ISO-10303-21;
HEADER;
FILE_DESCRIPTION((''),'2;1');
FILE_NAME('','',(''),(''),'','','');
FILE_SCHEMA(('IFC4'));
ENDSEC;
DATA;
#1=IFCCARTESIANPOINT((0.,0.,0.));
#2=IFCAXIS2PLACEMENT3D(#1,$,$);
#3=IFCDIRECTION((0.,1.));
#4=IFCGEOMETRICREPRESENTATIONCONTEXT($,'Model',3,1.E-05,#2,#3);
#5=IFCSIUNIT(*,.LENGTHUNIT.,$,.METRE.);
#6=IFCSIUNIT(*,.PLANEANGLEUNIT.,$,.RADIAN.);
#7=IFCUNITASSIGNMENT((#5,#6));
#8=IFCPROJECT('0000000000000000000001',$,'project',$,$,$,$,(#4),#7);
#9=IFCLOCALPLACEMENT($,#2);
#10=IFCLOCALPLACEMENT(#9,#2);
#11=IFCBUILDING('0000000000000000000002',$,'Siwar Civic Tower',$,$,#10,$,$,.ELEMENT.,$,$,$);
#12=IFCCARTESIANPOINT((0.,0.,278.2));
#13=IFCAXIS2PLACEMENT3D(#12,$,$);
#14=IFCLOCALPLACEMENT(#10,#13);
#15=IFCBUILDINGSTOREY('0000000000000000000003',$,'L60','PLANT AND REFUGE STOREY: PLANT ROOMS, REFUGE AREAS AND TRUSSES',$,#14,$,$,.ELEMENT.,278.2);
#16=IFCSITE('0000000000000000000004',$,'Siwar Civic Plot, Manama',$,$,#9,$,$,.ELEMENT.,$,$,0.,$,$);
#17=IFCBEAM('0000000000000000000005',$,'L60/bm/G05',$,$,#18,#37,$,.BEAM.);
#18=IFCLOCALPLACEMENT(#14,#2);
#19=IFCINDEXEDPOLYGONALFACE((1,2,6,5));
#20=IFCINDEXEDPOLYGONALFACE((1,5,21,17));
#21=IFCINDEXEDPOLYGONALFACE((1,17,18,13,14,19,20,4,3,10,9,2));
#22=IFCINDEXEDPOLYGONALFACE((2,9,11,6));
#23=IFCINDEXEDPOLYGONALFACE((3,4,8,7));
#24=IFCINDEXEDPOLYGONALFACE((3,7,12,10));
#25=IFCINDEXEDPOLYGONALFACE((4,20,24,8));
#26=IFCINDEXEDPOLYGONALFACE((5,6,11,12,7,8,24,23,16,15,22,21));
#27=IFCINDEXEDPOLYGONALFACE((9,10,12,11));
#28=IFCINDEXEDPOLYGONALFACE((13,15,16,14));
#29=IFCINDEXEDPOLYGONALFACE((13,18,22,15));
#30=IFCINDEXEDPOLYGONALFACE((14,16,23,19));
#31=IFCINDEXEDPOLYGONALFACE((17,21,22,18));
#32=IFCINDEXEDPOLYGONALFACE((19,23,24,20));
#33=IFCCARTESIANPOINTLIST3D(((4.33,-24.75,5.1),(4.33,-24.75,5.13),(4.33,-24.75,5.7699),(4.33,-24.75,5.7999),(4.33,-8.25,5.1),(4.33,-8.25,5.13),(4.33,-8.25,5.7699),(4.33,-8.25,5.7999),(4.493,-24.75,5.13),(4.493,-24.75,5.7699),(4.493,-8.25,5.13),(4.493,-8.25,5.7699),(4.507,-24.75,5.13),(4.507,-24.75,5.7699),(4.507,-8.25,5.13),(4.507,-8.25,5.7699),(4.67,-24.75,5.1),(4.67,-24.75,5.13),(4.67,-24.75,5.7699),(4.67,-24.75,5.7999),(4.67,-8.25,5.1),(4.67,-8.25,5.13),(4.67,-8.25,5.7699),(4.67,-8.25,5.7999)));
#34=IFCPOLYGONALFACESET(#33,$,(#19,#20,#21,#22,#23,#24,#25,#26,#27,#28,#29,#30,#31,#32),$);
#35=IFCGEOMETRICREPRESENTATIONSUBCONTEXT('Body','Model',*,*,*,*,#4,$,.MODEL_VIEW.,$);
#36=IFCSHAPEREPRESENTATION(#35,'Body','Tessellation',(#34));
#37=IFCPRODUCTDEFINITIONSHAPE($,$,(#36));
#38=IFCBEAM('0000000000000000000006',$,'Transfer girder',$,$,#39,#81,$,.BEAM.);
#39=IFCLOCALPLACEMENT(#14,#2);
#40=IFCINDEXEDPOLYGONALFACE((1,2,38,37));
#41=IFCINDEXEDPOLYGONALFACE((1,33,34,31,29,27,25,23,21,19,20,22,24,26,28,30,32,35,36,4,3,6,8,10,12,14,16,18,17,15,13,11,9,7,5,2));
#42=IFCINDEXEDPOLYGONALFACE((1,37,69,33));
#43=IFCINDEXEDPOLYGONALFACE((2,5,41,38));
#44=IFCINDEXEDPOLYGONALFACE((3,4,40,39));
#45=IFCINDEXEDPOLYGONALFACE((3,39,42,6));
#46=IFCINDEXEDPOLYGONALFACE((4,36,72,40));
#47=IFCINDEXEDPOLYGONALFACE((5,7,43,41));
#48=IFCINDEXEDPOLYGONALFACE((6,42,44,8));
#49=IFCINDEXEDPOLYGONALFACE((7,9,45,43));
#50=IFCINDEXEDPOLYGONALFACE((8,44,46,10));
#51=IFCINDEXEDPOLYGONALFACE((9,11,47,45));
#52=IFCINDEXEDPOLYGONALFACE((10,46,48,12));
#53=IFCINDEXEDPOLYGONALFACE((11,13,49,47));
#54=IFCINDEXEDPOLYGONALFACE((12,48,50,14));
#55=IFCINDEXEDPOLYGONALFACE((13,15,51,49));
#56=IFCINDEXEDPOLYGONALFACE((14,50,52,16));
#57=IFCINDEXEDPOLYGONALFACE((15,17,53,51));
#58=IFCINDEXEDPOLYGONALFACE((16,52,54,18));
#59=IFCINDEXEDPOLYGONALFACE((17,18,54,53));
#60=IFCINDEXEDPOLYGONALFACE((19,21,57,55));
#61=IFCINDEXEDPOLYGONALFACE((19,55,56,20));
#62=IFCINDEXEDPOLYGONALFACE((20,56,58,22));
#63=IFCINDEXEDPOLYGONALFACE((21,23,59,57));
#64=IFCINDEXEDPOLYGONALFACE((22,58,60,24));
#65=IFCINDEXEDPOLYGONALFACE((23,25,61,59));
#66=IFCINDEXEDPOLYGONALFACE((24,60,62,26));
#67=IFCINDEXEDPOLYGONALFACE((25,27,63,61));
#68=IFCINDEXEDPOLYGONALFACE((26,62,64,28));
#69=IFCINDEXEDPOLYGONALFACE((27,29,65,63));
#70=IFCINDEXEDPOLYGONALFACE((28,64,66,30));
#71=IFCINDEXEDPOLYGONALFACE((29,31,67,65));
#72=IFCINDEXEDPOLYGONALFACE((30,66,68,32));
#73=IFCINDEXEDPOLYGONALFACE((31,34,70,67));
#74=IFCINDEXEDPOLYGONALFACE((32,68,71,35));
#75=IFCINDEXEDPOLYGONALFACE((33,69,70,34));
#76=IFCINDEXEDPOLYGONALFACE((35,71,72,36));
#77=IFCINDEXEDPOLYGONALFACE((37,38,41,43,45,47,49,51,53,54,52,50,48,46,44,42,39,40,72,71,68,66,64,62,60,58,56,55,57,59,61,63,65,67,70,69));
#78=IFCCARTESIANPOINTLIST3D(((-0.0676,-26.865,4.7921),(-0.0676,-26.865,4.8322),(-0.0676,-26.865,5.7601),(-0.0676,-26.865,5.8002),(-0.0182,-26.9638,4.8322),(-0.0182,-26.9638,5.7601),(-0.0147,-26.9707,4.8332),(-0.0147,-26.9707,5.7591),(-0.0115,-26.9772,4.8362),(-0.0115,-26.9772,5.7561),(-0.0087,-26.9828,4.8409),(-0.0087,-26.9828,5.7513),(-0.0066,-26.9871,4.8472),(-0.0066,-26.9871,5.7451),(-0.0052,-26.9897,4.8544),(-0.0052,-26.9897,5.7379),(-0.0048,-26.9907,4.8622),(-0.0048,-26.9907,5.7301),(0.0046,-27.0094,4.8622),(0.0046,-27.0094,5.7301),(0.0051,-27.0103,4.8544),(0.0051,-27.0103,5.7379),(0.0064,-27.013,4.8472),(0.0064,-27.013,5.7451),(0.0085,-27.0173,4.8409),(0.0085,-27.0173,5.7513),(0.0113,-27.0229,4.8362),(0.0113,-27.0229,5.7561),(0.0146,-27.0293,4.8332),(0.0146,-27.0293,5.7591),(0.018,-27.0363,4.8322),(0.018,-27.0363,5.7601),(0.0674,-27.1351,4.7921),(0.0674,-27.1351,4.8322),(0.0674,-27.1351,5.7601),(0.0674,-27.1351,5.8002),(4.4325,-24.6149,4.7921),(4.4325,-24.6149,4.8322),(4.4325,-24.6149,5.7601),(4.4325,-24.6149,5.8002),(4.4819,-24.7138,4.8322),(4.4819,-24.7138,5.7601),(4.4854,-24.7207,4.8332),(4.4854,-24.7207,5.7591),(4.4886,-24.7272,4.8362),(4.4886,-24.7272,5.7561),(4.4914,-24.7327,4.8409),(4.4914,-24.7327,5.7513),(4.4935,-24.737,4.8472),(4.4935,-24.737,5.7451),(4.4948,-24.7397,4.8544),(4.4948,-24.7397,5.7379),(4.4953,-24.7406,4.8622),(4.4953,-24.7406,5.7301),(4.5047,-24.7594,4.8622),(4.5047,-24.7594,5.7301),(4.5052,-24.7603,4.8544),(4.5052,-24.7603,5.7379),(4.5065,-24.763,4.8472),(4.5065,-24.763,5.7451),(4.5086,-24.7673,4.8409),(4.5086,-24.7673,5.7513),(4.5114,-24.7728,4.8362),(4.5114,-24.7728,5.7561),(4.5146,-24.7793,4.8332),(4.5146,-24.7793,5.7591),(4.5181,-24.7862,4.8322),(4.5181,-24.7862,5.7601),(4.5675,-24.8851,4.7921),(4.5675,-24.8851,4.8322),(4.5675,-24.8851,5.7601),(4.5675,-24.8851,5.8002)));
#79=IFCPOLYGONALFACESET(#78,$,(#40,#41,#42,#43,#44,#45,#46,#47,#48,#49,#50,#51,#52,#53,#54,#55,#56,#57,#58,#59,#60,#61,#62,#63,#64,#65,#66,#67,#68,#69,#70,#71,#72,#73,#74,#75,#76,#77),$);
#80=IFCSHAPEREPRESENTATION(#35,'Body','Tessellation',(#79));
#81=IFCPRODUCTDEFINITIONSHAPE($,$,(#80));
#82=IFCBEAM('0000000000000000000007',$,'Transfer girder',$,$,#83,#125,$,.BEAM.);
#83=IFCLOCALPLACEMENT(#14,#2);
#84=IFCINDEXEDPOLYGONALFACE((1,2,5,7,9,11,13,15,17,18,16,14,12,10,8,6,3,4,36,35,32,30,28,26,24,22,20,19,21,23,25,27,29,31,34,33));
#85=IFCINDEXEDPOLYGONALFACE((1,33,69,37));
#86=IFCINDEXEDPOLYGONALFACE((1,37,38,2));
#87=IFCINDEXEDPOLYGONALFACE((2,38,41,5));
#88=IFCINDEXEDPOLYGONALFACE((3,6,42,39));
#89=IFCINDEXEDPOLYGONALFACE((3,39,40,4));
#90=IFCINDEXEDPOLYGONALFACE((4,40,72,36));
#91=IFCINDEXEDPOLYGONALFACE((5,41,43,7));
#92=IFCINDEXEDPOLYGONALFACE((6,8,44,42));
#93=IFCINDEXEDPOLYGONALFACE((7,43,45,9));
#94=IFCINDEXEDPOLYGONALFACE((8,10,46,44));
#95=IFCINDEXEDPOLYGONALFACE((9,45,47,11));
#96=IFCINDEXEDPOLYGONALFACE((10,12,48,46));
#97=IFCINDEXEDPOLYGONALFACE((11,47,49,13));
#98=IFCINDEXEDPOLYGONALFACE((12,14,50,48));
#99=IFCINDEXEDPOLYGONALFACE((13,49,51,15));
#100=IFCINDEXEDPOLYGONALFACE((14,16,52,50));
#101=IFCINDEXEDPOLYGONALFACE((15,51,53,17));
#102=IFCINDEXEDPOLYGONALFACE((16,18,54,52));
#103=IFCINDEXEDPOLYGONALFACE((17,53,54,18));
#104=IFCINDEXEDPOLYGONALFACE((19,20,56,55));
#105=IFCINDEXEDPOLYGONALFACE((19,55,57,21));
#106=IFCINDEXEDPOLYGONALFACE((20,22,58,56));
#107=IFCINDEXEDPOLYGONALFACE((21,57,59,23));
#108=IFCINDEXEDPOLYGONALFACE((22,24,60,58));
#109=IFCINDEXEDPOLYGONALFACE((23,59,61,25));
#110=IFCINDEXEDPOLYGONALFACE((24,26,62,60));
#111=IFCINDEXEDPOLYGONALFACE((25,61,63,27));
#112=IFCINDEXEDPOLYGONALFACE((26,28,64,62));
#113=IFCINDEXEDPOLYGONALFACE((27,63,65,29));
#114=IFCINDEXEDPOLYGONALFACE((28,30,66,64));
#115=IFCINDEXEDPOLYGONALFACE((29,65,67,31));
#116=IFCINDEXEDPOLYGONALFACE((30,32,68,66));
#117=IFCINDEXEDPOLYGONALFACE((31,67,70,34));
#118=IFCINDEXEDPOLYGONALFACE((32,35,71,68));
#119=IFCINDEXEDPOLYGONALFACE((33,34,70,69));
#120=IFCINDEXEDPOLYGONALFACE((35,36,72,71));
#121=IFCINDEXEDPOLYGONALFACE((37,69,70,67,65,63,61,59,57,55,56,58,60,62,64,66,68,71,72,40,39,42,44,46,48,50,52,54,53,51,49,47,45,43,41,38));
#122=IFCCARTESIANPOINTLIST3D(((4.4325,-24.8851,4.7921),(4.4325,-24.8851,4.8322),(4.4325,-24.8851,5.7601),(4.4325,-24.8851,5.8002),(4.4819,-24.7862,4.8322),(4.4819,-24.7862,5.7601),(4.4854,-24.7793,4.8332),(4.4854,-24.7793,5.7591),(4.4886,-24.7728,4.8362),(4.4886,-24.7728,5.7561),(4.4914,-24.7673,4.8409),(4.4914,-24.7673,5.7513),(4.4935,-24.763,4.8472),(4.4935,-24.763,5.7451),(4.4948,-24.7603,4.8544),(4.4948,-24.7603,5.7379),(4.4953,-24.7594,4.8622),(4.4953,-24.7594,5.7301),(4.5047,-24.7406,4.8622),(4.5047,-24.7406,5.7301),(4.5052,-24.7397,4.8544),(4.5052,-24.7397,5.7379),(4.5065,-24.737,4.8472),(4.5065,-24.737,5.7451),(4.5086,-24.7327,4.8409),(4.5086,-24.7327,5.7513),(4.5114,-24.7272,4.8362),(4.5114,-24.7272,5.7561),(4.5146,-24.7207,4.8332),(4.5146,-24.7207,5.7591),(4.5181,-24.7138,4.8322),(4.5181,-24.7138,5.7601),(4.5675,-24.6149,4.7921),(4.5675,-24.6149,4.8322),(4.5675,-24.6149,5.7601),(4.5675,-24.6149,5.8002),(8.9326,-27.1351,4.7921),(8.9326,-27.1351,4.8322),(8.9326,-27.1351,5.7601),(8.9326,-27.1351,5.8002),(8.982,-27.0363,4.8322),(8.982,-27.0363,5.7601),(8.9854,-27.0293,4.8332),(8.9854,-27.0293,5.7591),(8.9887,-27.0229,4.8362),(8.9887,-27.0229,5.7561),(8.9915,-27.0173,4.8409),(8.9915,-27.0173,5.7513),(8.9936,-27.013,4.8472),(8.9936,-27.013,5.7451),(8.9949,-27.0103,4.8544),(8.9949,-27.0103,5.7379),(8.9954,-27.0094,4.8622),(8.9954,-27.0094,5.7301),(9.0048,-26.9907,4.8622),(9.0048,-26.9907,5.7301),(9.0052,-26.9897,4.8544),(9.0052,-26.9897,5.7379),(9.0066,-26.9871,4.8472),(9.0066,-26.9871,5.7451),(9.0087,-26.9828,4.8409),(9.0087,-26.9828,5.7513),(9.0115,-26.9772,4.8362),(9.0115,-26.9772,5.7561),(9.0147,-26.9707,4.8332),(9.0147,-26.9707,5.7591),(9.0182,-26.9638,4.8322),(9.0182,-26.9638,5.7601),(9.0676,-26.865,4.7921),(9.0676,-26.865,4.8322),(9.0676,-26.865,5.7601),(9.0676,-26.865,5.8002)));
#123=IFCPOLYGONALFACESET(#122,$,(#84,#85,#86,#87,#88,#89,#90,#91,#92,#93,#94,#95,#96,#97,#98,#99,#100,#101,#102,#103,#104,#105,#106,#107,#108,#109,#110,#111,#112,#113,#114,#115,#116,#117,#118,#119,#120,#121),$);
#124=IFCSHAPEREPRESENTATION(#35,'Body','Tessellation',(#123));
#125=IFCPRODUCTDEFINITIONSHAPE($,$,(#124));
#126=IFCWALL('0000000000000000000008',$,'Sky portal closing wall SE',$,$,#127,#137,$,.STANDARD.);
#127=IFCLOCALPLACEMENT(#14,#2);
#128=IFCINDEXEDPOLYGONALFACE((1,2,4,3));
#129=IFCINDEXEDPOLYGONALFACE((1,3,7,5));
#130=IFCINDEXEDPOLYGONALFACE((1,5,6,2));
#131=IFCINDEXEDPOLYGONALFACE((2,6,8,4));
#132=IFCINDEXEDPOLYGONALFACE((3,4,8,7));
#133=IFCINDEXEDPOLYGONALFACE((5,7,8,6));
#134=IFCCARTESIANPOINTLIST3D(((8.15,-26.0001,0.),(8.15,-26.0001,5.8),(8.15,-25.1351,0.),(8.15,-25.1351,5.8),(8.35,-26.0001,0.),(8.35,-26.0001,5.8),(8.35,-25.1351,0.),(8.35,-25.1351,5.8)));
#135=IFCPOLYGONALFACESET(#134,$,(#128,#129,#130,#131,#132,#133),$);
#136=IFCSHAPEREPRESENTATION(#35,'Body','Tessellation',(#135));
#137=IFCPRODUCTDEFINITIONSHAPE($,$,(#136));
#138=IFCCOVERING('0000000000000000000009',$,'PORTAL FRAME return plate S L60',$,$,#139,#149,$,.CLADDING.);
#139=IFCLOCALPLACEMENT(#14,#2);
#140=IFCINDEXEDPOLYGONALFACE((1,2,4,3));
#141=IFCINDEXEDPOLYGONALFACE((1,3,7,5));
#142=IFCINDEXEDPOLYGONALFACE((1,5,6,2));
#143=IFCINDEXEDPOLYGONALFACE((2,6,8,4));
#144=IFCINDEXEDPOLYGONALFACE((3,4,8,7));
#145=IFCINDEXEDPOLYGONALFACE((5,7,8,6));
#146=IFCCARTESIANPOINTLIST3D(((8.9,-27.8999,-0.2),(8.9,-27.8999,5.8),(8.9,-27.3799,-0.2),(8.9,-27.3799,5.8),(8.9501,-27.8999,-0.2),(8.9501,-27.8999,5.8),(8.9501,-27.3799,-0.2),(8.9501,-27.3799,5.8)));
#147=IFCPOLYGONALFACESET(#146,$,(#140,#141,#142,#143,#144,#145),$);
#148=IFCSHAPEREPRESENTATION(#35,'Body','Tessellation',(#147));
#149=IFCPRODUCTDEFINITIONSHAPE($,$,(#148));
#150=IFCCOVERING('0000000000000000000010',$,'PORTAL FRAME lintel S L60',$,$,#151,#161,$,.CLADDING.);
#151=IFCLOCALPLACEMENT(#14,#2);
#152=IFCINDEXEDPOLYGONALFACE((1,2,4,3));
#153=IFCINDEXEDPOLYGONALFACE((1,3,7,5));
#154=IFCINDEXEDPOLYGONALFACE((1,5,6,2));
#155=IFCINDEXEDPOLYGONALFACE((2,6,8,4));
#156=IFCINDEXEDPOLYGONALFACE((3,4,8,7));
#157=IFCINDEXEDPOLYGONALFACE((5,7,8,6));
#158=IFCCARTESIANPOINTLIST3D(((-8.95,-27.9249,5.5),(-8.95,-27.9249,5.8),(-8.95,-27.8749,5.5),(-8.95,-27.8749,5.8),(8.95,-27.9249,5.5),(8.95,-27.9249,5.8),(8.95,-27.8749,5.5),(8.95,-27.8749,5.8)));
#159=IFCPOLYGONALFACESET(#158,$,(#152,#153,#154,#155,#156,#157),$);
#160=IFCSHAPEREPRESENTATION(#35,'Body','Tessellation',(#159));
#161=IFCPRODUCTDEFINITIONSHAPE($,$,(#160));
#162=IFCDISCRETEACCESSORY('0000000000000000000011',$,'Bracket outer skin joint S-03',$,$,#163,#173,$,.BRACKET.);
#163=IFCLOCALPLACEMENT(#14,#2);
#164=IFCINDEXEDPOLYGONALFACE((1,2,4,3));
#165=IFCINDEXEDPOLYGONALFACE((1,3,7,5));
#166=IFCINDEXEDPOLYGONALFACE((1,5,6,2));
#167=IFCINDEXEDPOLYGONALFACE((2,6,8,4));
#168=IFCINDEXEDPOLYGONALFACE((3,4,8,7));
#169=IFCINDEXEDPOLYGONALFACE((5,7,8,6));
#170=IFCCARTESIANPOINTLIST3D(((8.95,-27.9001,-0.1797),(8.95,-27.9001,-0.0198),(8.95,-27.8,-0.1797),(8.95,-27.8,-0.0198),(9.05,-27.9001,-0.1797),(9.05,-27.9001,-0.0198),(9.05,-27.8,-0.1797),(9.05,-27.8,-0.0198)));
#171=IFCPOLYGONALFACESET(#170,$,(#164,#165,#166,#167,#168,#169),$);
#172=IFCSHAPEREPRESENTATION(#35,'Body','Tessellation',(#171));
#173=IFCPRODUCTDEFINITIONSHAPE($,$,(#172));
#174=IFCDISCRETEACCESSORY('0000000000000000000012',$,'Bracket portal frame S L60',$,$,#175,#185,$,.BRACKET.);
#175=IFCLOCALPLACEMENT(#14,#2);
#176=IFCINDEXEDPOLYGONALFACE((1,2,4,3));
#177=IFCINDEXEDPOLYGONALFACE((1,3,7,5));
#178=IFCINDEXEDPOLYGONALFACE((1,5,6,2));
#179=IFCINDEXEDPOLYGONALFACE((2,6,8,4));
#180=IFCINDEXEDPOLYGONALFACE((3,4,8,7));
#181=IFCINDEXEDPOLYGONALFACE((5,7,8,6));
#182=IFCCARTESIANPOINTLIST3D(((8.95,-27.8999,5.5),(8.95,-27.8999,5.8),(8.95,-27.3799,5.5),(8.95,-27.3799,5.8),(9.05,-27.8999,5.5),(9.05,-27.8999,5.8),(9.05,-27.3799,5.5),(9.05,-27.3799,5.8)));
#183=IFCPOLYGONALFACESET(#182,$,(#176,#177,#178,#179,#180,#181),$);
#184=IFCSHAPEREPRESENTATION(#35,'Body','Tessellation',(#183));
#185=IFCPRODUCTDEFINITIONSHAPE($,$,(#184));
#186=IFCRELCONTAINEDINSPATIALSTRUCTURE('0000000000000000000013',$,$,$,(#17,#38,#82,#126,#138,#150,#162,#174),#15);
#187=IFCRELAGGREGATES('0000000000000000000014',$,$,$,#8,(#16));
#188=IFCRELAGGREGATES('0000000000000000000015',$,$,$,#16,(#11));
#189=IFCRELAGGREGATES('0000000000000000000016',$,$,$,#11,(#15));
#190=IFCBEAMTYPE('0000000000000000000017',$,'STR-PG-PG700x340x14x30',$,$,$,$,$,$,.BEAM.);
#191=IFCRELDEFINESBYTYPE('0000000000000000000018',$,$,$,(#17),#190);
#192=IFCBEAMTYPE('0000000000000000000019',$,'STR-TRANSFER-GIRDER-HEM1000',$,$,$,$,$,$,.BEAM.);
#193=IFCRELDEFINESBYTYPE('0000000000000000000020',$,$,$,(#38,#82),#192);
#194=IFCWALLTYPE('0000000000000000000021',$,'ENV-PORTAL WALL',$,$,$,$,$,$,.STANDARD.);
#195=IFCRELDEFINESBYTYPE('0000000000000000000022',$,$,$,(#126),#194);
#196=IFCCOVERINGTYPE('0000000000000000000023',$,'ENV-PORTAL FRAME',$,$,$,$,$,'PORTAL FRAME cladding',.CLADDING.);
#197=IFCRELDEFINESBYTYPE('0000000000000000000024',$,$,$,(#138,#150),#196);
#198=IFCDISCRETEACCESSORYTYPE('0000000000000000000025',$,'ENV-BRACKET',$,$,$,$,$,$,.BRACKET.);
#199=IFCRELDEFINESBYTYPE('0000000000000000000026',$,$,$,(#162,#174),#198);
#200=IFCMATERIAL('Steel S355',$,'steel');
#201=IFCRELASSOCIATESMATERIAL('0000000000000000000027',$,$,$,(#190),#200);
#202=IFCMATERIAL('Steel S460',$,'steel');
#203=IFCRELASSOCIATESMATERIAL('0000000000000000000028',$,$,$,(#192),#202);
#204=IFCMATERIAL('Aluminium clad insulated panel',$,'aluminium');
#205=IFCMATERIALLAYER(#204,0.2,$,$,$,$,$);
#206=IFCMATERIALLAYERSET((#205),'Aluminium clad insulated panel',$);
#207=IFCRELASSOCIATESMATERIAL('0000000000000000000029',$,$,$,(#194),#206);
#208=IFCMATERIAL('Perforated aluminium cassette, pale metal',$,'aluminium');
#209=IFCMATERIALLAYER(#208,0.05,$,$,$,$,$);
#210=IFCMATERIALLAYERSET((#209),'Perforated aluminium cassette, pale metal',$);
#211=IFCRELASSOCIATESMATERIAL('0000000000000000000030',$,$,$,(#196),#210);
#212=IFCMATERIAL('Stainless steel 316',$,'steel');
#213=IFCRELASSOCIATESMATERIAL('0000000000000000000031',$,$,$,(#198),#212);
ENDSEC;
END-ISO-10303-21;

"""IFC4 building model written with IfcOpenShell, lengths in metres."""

from ifc_helpers import new_model, si_unit, direction, frame, frame_2d, origin, origin_2d, place, context, subcontext, project, spatial, rectangle, i_section, extrude, material, layer, layer_set, material_profile, profile_set, type_object, element, save


model = new_model("IFC4")

# Units and contexts
model_context = context("Model", 3, precision=1e-05, world=origin(), true_north=direction((0.0, 1.0)))
body_context = subcontext(model_context, "Body", "Model", "MODEL_VIEW")
ifc_project = project(units=[si_unit("LENGTHUNIT", "METRE"), si_unit("PLANEANGLEUNIT", "RADIAN")], contexts=[model_context])

# Site, building, storey
site_placement = place(None, origin())
site = spatial("IfcSite", under=ifc_project, at=site_placement, Name="Siwar Civic Plot, Manama", CompositionType="ELEMENT", RefElevation=0.0)
building_placement = place(site_placement, origin())
building = spatial("IfcBuilding", under=site, at=building_placement, Name="Siwar Civic Tower", CompositionType="ELEMENT")
storey_placement = place(building_placement, frame((0.0, 0.0, 278.2)))
storey = spatial("IfcBuildingStorey", under=building, at=storey_placement, Name="L60", Description="PLANT AND REFUGE STOREY: PLANT ROOMS, REFUGE AREAS AND TRUSSES", CompositionType="ELEMENT", Elevation=278.2)

# Beams
ifc_material_1 = material(Name="Steel S355", Category="steel")
ifc_material_profile_1 = material_profile(ifc_material_1, i_section(OverallWidth=0.3401, OverallDepth=0.7, WebThickness=0.0139, FlangeThickness=0.03, at=origin_2d()), Name="PG700x340x14x30")
ifc_profile_set_1 = profile_set([ifc_material_profile_1], Name="Steel S355")
beam_type_1 = type_object("IfcBeamType", Name="STR-PG-PG700x340x14x30", PredefinedType="BEAM", material=ifc_profile_set_1)
beam_placement = place(storey_placement, frame((4.5, -24.75, 5.45), z_axis=(0.0, 1.0, 0.0), x_axis=(-1.0, 0.0, 0.0)))
element("IfcBeam", 1, at=beam_placement, inside=storey, type_object=beam_type_1, Name="L60/bm/G05", PredefinedType="BEAM", context=body_context, shape_type="SweptSolid", body=[
    extrude(i_section(OverallWidth=0.3401, OverallDepth=0.7, WebThickness=0.0139, FlangeThickness=0.03, at=origin_2d()), origin(), (0.0, 0.0, 1.0), 16.5),
])
ifc_material_2 = material(Name="Steel S460", Category="steel")
ifc_material_profile_2 = material_profile(ifc_material_2, i_section(OverallWidth=0.302, OverallDepth=1.0081, WebThickness=0.021, FlangeThickness=0.04, FilletRadius=0.03, at=origin_2d()), Name="HEM1000")
ifc_profile_set_2 = profile_set([ifc_material_profile_2], Name="Steel S460")
beam_type_2 = type_object("IfcBeamType", Name="STR-TRANSFER-GIRDER-HEM1000", PredefinedType="BEAM", material=ifc_profile_set_2)
for number, where, z_axis, x_axis, name in (
    (2, (4.5, -24.75, 5.2961), (-0.894427, -0.447214, 0.0), (0.447214, -0.894427, 0.0), "Transfer girder"),
    (3, (4.5, -24.75, 5.2961), (0.894427, -0.447214, 0.0), (0.447214, 0.894427, 0.0), "Transfer girder"),
):
    element("IfcBeam", number, at=place(storey_placement, frame(where, z_axis=z_axis, x_axis=x_axis)), inside=storey, type_object=beam_type_2, Name=name, PredefinedType="BEAM", context=body_context, shape_type="SweptSolid", body=[
        extrude(i_section(OverallWidth=0.302, OverallDepth=1.0081, WebThickness=0.021, FlangeThickness=0.04, FilletRadius=0.03, at=origin_2d()), origin(), (0.0, 0.0, 1.0), 5.0312),
    ])

# Wall
ifc_material_3 = material(Name="Aluminium clad insulated panel", Category="aluminium")
ifc_layer_1 = layer(ifc_material_3, 0.2)
ifc_layer_set_1 = layer_set([ifc_layer_1], Name="Aluminium clad insulated panel")
wall_type = type_object("IfcWallType", Name="ENV-PORTAL WALL", PredefinedType="STANDARD", material=ifc_layer_set_1)
wall_placement = place(storey_placement, frame((8.25, -25.135, 0.0), z_axis=(0.0, 0.0, 1.0), x_axis=(0.0, -1.0, 0.0)))
element("IfcWall", 4, at=wall_placement, inside=storey, type_object=wall_type, Name="Sky portal closing wall SE", PredefinedType="STANDARD", context=body_context, shape_type="SweptSolid", body=[
    extrude(rectangle(XDim=0.865, YDim=0.2, at=frame_2d((0.4326, 0.0))), origin(), (0.0, 0.0, 1.0), 5.8),
])

# Coverings
ifc_material_4 = material(Name="Perforated aluminium cassette, pale metal", Category="aluminium")
ifc_layer_2 = layer(ifc_material_4, 0.05)
ifc_layer_set_2 = layer_set([ifc_layer_2], Name="Perforated aluminium cassette, pale metal")
covering_type = type_object("IfcCoveringType", Name="ENV-PORTAL FRAME", ElementType="PORTAL FRAME cladding", PredefinedType="CLADDING", material=ifc_layer_set_2)
covering_1_placement = place(storey_placement, frame((8.925, -27.6399, -0.2), z_axis=(0.0, 0.0, 1.0), x_axis=(1.0, 0.0, 0.0)))
element("IfcCovering", 5, at=covering_1_placement, inside=storey, type_object=covering_type, Name="PORTAL FRAME return plate S L60", PredefinedType="CLADDING", context=body_context, shape_type="SweptSolid", body=[
    extrude(rectangle(XDim=0.05, YDim=0.52, at=origin_2d()), origin(), (0.0, 0.0, 1.0), 6.0),
])
covering_2_placement = place(storey_placement, frame((0.0, -27.8999, 5.5), z_axis=(0.0, 0.0, 1.0), x_axis=(1.0, 0.0, 0.0)))
element("IfcCovering", 6, at=covering_2_placement, inside=storey, type_object=covering_type, Name="PORTAL FRAME lintel S L60", PredefinedType="CLADDING", context=body_context, shape_type="SweptSolid", body=[
    extrude(rectangle(XDim=17.8999, YDim=0.05, at=origin_2d()), origin(), (0.0, 0.0, 1.0), 0.3),
])

# Discrete accessories
ifc_material_5 = material(Name="Stainless steel 316", Category="steel")
discrete_accessory_type_1 = type_object("IfcDiscreteAccessoryType", Name="ENV-BRACKET", PredefinedType="BRACKET", material=ifc_material_5)
discrete_accessory_1_placement = place(storey_placement, frame((9.0, -27.8501, -0.1797), z_axis=(0.0, 0.0, 1.0), x_axis=(0.0, -1.0, 0.0)))
element("IfcDiscreteAccessory", 7, at=discrete_accessory_1_placement, inside=storey, type_object=discrete_accessory_type_1, Name="Bracket outer skin joint S-03", PredefinedType="BRACKET", context=body_context, shape_type="SweptSolid", body=[
    extrude(rectangle(XDim=0.1001, YDim=0.1001, at=origin_2d()), origin(), (0.0, 0.0, 1.0), 0.1599),
])
discrete_accessory_2_placement = place(storey_placement, frame((9.0, -27.6399, 5.5), z_axis=(0.0, 0.0, 1.0), x_axis=(0.0, 1.0, 0.0)))
element("IfcDiscreteAccessory", 8, at=discrete_accessory_2_placement, inside=storey, type_object=discrete_accessory_type_1, Name="Bracket portal frame S L60", PredefinedType="BRACKET", context=body_context, shape_type="SweptSolid", body=[
    extrude(rectangle(XDim=0.52, YDim=0.1001, at=origin_2d()), origin(), (0.0, 0.0, 1.0), 0.3),
])

save(model, "model.ifc")
